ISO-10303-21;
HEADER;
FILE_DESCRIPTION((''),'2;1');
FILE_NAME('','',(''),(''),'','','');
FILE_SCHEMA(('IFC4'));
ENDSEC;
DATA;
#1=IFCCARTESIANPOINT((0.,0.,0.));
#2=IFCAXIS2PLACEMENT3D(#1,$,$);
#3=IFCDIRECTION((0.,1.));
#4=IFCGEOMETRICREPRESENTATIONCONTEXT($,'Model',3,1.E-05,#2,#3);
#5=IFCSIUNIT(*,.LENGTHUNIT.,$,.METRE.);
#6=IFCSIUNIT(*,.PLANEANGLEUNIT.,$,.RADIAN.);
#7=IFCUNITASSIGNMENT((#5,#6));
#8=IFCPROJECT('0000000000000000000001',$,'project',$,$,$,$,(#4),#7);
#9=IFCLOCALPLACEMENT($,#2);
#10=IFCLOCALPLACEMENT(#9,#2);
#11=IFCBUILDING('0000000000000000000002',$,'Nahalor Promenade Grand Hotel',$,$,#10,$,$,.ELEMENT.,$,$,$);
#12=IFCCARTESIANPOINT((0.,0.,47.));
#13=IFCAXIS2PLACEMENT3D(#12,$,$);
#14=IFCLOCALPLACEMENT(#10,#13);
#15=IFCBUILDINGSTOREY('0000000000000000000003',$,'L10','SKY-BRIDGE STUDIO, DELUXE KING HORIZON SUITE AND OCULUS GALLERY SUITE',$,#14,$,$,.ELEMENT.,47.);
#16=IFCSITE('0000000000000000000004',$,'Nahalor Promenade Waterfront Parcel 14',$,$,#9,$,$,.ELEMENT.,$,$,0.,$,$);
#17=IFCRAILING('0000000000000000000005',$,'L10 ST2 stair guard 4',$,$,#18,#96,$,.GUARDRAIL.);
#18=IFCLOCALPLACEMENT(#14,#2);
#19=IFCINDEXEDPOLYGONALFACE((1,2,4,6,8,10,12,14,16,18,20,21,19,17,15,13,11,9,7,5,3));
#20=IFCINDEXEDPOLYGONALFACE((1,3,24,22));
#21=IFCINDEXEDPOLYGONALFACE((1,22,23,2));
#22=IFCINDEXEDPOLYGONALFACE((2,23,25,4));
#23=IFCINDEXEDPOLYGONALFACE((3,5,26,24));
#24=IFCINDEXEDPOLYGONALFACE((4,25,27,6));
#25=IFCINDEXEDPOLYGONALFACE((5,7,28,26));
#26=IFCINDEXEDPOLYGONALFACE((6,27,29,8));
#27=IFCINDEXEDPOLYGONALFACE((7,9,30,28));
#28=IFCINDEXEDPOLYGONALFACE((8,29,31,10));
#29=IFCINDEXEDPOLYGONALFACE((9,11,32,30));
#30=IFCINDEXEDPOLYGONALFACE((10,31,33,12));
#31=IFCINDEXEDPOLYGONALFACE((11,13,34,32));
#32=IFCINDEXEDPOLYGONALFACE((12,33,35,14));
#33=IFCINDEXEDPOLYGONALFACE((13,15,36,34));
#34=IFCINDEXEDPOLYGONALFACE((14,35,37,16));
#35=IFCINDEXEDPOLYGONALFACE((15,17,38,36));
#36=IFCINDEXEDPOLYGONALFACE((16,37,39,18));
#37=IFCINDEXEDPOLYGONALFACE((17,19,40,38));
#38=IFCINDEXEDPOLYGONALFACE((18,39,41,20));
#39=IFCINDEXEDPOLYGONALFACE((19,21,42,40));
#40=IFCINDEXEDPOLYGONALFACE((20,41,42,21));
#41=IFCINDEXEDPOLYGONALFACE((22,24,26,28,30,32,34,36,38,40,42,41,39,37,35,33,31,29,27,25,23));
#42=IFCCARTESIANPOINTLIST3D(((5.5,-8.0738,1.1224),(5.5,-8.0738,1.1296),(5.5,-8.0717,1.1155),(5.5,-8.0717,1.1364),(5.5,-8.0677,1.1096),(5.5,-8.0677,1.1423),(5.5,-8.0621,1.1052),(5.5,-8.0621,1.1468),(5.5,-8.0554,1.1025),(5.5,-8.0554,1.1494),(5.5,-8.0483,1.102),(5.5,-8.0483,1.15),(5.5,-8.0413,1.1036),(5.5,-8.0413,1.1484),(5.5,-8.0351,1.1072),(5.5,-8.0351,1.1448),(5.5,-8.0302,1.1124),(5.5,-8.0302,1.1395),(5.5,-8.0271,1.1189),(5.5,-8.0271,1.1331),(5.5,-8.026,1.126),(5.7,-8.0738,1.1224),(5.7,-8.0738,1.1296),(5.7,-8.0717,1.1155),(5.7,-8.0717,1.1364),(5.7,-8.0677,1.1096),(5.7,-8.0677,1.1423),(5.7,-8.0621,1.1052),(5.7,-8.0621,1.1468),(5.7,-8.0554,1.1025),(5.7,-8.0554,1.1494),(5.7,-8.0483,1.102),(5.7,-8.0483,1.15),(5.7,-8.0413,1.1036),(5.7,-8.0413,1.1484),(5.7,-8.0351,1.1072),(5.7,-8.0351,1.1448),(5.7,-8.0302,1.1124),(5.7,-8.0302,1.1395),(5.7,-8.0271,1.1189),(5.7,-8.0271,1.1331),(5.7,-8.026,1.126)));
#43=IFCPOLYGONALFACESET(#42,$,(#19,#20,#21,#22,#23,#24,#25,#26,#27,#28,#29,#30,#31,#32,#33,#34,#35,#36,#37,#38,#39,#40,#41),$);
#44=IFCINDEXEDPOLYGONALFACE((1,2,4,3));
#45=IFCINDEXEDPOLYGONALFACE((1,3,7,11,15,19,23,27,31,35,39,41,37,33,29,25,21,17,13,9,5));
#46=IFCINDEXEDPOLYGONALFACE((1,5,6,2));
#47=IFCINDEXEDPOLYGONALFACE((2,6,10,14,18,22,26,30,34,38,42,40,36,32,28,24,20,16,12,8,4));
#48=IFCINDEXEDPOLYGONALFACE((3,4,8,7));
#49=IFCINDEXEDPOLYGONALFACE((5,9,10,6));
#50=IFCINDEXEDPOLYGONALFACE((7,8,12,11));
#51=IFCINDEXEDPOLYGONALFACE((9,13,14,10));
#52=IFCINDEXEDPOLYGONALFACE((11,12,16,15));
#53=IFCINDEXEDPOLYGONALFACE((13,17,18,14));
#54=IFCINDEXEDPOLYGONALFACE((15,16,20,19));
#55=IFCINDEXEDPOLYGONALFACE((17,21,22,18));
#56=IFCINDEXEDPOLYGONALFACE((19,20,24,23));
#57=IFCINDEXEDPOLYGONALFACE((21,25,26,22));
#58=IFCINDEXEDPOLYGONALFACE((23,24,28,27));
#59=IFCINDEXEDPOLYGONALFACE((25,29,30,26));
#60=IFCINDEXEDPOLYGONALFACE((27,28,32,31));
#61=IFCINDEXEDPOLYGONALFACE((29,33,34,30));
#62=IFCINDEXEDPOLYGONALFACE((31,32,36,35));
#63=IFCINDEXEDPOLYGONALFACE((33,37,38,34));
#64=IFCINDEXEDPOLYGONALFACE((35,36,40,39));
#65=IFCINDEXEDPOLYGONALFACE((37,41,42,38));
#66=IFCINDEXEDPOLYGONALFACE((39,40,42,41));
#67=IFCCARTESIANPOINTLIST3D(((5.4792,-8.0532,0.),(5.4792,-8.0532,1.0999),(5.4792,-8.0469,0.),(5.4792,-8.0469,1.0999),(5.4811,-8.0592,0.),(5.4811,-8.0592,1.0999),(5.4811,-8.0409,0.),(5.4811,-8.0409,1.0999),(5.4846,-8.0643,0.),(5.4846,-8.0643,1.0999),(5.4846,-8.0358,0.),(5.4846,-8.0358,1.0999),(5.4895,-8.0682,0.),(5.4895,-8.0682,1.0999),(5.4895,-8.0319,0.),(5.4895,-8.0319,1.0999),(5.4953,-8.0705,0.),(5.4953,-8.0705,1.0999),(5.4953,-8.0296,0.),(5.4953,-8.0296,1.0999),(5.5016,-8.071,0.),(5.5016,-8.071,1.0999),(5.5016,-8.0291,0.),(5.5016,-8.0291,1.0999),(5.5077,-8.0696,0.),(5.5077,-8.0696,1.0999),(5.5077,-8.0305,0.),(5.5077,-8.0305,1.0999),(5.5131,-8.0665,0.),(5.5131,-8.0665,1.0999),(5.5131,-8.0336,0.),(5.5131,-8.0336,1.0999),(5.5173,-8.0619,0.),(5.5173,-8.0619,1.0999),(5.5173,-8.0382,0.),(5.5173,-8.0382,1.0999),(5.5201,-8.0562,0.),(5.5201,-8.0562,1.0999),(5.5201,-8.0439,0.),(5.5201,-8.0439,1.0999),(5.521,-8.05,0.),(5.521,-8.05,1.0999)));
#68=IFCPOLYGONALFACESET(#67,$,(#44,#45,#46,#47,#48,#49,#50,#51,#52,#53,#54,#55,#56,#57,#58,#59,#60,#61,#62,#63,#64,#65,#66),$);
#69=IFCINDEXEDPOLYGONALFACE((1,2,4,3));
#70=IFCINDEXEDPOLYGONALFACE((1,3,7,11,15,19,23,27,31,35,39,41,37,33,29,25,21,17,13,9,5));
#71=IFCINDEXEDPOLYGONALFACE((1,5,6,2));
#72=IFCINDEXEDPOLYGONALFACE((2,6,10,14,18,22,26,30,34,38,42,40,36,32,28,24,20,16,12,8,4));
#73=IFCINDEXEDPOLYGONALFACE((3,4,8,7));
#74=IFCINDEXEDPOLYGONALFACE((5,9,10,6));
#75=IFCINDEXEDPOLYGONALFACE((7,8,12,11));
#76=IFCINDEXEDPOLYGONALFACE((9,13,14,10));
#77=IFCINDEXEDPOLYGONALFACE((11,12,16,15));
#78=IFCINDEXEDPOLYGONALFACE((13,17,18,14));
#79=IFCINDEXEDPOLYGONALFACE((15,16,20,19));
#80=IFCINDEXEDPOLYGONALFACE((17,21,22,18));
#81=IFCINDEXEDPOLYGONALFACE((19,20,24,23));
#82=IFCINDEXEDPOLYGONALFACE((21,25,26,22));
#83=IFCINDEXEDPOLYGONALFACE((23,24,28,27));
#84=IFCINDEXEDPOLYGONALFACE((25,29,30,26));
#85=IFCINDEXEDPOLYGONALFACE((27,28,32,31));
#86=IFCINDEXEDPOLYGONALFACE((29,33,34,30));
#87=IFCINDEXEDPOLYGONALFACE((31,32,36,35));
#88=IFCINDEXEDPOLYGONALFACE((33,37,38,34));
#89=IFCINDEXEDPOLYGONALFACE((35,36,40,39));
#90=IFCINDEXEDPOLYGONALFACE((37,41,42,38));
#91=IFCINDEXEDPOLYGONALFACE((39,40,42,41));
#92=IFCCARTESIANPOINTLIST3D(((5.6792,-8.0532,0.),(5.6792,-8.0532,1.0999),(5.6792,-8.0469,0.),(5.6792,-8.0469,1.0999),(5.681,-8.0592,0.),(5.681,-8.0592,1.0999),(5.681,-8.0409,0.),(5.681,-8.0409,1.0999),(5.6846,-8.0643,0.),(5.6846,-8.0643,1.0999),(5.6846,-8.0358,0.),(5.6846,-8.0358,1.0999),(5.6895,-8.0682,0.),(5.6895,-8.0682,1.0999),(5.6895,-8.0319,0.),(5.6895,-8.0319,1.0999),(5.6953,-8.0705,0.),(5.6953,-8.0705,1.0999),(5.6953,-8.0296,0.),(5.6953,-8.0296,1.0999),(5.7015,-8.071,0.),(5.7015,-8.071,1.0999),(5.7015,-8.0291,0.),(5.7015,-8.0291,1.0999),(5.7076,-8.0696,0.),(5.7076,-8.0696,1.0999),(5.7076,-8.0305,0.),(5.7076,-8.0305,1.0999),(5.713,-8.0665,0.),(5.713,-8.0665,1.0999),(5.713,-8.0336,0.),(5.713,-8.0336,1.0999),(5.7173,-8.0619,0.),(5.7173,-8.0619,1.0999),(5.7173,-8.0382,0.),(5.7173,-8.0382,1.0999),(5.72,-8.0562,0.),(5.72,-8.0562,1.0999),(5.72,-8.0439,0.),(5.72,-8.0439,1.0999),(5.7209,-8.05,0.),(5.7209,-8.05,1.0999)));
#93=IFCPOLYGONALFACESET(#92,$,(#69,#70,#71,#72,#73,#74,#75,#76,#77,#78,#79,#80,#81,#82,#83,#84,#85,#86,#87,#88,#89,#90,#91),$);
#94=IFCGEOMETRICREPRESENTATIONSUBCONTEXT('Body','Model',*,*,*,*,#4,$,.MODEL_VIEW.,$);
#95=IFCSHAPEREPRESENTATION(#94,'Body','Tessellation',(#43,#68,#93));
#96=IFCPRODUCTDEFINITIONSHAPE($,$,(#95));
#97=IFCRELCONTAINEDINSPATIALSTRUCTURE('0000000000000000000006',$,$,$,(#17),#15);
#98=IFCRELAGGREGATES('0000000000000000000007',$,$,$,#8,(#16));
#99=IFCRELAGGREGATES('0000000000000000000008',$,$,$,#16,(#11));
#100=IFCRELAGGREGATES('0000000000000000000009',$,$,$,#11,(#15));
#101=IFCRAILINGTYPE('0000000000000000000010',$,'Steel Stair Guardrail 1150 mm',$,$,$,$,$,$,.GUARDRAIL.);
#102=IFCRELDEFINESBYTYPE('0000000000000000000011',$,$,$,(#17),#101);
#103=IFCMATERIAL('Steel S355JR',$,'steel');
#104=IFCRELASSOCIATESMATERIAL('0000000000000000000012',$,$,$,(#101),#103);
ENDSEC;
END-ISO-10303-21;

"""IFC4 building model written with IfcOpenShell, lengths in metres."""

from ifc_helpers import new_model, si_unit, direction, frame, origin, origin_2d, place, context, subcontext, project, spatial, circle, extrude, material, type_object, element, save


model = new_model("IFC4")

# Units and contexts
model_context = context("Model", 3, precision=1e-05, world=origin(), true_north=direction((0.0, 1.0)))
body_context = subcontext(model_context, "Body", "Model", "MODEL_VIEW")
ifc_project = project(units=[si_unit("LENGTHUNIT", "METRE"), si_unit("PLANEANGLEUNIT", "RADIAN")], contexts=[model_context])

# Site, building, storey
site_placement = place(None, origin())
site = spatial("IfcSite", under=ifc_project, at=site_placement, Name="Nahalor Promenade Waterfront Parcel 14", CompositionType="ELEMENT", RefElevation=0.0)
building_placement = place(site_placement, origin())
building = spatial("IfcBuilding", under=site, at=building_placement, Name="Nahalor Promenade Grand Hotel", CompositionType="ELEMENT")
storey_placement = place(building_placement, frame((0.0, 0.0, 47.0)))
storey = spatial("IfcBuildingStorey", under=building, at=storey_placement, Name="L10", Description="SKY-BRIDGE STUDIO, DELUXE KING HORIZON SUITE AND OCULUS GALLERY SUITE", CompositionType="ELEMENT", Elevation=47.0)

# Shared definitions
ifc_material_1 = material(Name="Steel S355JR", Category="steel")

# Railing
railing_type_1 = type_object("IfcRailingType", Name="Steel Stair Guardrail 1150 mm", PredefinedType="GUARDRAIL", material=ifc_material_1)
railing_1_placement = place(storey_placement, frame((5.5, -8.05, 0.0)))
element("IfcRailing", 1, at=railing_1_placement, inside=storey, type_object=railing_type_1, Name="L10 ST2 stair guard 4", PredefinedType="GUARDRAIL", context=body_context, shape_type="SweptSolid", body=[
    extrude(circle(Radius=0.024, at=origin_2d()), frame((0.0, 0.0, 1.126), z_axis=(1.0, 0.0, 0.0), x_axis=(0.0, 1.0, 0.0)), (0.0, 0.0, 1.0), 0.2),
    extrude(circle(Radius=0.021, at=origin_2d()), origin(), (0.0, 0.0, 1.0), 1.0999),
    extrude(circle(Radius=0.021, at=origin_2d()), frame((0.2, 0.0, 0.0)), (0.0, 0.0, 1.0), 1.0999),
])

save(model, "model.ifc")
